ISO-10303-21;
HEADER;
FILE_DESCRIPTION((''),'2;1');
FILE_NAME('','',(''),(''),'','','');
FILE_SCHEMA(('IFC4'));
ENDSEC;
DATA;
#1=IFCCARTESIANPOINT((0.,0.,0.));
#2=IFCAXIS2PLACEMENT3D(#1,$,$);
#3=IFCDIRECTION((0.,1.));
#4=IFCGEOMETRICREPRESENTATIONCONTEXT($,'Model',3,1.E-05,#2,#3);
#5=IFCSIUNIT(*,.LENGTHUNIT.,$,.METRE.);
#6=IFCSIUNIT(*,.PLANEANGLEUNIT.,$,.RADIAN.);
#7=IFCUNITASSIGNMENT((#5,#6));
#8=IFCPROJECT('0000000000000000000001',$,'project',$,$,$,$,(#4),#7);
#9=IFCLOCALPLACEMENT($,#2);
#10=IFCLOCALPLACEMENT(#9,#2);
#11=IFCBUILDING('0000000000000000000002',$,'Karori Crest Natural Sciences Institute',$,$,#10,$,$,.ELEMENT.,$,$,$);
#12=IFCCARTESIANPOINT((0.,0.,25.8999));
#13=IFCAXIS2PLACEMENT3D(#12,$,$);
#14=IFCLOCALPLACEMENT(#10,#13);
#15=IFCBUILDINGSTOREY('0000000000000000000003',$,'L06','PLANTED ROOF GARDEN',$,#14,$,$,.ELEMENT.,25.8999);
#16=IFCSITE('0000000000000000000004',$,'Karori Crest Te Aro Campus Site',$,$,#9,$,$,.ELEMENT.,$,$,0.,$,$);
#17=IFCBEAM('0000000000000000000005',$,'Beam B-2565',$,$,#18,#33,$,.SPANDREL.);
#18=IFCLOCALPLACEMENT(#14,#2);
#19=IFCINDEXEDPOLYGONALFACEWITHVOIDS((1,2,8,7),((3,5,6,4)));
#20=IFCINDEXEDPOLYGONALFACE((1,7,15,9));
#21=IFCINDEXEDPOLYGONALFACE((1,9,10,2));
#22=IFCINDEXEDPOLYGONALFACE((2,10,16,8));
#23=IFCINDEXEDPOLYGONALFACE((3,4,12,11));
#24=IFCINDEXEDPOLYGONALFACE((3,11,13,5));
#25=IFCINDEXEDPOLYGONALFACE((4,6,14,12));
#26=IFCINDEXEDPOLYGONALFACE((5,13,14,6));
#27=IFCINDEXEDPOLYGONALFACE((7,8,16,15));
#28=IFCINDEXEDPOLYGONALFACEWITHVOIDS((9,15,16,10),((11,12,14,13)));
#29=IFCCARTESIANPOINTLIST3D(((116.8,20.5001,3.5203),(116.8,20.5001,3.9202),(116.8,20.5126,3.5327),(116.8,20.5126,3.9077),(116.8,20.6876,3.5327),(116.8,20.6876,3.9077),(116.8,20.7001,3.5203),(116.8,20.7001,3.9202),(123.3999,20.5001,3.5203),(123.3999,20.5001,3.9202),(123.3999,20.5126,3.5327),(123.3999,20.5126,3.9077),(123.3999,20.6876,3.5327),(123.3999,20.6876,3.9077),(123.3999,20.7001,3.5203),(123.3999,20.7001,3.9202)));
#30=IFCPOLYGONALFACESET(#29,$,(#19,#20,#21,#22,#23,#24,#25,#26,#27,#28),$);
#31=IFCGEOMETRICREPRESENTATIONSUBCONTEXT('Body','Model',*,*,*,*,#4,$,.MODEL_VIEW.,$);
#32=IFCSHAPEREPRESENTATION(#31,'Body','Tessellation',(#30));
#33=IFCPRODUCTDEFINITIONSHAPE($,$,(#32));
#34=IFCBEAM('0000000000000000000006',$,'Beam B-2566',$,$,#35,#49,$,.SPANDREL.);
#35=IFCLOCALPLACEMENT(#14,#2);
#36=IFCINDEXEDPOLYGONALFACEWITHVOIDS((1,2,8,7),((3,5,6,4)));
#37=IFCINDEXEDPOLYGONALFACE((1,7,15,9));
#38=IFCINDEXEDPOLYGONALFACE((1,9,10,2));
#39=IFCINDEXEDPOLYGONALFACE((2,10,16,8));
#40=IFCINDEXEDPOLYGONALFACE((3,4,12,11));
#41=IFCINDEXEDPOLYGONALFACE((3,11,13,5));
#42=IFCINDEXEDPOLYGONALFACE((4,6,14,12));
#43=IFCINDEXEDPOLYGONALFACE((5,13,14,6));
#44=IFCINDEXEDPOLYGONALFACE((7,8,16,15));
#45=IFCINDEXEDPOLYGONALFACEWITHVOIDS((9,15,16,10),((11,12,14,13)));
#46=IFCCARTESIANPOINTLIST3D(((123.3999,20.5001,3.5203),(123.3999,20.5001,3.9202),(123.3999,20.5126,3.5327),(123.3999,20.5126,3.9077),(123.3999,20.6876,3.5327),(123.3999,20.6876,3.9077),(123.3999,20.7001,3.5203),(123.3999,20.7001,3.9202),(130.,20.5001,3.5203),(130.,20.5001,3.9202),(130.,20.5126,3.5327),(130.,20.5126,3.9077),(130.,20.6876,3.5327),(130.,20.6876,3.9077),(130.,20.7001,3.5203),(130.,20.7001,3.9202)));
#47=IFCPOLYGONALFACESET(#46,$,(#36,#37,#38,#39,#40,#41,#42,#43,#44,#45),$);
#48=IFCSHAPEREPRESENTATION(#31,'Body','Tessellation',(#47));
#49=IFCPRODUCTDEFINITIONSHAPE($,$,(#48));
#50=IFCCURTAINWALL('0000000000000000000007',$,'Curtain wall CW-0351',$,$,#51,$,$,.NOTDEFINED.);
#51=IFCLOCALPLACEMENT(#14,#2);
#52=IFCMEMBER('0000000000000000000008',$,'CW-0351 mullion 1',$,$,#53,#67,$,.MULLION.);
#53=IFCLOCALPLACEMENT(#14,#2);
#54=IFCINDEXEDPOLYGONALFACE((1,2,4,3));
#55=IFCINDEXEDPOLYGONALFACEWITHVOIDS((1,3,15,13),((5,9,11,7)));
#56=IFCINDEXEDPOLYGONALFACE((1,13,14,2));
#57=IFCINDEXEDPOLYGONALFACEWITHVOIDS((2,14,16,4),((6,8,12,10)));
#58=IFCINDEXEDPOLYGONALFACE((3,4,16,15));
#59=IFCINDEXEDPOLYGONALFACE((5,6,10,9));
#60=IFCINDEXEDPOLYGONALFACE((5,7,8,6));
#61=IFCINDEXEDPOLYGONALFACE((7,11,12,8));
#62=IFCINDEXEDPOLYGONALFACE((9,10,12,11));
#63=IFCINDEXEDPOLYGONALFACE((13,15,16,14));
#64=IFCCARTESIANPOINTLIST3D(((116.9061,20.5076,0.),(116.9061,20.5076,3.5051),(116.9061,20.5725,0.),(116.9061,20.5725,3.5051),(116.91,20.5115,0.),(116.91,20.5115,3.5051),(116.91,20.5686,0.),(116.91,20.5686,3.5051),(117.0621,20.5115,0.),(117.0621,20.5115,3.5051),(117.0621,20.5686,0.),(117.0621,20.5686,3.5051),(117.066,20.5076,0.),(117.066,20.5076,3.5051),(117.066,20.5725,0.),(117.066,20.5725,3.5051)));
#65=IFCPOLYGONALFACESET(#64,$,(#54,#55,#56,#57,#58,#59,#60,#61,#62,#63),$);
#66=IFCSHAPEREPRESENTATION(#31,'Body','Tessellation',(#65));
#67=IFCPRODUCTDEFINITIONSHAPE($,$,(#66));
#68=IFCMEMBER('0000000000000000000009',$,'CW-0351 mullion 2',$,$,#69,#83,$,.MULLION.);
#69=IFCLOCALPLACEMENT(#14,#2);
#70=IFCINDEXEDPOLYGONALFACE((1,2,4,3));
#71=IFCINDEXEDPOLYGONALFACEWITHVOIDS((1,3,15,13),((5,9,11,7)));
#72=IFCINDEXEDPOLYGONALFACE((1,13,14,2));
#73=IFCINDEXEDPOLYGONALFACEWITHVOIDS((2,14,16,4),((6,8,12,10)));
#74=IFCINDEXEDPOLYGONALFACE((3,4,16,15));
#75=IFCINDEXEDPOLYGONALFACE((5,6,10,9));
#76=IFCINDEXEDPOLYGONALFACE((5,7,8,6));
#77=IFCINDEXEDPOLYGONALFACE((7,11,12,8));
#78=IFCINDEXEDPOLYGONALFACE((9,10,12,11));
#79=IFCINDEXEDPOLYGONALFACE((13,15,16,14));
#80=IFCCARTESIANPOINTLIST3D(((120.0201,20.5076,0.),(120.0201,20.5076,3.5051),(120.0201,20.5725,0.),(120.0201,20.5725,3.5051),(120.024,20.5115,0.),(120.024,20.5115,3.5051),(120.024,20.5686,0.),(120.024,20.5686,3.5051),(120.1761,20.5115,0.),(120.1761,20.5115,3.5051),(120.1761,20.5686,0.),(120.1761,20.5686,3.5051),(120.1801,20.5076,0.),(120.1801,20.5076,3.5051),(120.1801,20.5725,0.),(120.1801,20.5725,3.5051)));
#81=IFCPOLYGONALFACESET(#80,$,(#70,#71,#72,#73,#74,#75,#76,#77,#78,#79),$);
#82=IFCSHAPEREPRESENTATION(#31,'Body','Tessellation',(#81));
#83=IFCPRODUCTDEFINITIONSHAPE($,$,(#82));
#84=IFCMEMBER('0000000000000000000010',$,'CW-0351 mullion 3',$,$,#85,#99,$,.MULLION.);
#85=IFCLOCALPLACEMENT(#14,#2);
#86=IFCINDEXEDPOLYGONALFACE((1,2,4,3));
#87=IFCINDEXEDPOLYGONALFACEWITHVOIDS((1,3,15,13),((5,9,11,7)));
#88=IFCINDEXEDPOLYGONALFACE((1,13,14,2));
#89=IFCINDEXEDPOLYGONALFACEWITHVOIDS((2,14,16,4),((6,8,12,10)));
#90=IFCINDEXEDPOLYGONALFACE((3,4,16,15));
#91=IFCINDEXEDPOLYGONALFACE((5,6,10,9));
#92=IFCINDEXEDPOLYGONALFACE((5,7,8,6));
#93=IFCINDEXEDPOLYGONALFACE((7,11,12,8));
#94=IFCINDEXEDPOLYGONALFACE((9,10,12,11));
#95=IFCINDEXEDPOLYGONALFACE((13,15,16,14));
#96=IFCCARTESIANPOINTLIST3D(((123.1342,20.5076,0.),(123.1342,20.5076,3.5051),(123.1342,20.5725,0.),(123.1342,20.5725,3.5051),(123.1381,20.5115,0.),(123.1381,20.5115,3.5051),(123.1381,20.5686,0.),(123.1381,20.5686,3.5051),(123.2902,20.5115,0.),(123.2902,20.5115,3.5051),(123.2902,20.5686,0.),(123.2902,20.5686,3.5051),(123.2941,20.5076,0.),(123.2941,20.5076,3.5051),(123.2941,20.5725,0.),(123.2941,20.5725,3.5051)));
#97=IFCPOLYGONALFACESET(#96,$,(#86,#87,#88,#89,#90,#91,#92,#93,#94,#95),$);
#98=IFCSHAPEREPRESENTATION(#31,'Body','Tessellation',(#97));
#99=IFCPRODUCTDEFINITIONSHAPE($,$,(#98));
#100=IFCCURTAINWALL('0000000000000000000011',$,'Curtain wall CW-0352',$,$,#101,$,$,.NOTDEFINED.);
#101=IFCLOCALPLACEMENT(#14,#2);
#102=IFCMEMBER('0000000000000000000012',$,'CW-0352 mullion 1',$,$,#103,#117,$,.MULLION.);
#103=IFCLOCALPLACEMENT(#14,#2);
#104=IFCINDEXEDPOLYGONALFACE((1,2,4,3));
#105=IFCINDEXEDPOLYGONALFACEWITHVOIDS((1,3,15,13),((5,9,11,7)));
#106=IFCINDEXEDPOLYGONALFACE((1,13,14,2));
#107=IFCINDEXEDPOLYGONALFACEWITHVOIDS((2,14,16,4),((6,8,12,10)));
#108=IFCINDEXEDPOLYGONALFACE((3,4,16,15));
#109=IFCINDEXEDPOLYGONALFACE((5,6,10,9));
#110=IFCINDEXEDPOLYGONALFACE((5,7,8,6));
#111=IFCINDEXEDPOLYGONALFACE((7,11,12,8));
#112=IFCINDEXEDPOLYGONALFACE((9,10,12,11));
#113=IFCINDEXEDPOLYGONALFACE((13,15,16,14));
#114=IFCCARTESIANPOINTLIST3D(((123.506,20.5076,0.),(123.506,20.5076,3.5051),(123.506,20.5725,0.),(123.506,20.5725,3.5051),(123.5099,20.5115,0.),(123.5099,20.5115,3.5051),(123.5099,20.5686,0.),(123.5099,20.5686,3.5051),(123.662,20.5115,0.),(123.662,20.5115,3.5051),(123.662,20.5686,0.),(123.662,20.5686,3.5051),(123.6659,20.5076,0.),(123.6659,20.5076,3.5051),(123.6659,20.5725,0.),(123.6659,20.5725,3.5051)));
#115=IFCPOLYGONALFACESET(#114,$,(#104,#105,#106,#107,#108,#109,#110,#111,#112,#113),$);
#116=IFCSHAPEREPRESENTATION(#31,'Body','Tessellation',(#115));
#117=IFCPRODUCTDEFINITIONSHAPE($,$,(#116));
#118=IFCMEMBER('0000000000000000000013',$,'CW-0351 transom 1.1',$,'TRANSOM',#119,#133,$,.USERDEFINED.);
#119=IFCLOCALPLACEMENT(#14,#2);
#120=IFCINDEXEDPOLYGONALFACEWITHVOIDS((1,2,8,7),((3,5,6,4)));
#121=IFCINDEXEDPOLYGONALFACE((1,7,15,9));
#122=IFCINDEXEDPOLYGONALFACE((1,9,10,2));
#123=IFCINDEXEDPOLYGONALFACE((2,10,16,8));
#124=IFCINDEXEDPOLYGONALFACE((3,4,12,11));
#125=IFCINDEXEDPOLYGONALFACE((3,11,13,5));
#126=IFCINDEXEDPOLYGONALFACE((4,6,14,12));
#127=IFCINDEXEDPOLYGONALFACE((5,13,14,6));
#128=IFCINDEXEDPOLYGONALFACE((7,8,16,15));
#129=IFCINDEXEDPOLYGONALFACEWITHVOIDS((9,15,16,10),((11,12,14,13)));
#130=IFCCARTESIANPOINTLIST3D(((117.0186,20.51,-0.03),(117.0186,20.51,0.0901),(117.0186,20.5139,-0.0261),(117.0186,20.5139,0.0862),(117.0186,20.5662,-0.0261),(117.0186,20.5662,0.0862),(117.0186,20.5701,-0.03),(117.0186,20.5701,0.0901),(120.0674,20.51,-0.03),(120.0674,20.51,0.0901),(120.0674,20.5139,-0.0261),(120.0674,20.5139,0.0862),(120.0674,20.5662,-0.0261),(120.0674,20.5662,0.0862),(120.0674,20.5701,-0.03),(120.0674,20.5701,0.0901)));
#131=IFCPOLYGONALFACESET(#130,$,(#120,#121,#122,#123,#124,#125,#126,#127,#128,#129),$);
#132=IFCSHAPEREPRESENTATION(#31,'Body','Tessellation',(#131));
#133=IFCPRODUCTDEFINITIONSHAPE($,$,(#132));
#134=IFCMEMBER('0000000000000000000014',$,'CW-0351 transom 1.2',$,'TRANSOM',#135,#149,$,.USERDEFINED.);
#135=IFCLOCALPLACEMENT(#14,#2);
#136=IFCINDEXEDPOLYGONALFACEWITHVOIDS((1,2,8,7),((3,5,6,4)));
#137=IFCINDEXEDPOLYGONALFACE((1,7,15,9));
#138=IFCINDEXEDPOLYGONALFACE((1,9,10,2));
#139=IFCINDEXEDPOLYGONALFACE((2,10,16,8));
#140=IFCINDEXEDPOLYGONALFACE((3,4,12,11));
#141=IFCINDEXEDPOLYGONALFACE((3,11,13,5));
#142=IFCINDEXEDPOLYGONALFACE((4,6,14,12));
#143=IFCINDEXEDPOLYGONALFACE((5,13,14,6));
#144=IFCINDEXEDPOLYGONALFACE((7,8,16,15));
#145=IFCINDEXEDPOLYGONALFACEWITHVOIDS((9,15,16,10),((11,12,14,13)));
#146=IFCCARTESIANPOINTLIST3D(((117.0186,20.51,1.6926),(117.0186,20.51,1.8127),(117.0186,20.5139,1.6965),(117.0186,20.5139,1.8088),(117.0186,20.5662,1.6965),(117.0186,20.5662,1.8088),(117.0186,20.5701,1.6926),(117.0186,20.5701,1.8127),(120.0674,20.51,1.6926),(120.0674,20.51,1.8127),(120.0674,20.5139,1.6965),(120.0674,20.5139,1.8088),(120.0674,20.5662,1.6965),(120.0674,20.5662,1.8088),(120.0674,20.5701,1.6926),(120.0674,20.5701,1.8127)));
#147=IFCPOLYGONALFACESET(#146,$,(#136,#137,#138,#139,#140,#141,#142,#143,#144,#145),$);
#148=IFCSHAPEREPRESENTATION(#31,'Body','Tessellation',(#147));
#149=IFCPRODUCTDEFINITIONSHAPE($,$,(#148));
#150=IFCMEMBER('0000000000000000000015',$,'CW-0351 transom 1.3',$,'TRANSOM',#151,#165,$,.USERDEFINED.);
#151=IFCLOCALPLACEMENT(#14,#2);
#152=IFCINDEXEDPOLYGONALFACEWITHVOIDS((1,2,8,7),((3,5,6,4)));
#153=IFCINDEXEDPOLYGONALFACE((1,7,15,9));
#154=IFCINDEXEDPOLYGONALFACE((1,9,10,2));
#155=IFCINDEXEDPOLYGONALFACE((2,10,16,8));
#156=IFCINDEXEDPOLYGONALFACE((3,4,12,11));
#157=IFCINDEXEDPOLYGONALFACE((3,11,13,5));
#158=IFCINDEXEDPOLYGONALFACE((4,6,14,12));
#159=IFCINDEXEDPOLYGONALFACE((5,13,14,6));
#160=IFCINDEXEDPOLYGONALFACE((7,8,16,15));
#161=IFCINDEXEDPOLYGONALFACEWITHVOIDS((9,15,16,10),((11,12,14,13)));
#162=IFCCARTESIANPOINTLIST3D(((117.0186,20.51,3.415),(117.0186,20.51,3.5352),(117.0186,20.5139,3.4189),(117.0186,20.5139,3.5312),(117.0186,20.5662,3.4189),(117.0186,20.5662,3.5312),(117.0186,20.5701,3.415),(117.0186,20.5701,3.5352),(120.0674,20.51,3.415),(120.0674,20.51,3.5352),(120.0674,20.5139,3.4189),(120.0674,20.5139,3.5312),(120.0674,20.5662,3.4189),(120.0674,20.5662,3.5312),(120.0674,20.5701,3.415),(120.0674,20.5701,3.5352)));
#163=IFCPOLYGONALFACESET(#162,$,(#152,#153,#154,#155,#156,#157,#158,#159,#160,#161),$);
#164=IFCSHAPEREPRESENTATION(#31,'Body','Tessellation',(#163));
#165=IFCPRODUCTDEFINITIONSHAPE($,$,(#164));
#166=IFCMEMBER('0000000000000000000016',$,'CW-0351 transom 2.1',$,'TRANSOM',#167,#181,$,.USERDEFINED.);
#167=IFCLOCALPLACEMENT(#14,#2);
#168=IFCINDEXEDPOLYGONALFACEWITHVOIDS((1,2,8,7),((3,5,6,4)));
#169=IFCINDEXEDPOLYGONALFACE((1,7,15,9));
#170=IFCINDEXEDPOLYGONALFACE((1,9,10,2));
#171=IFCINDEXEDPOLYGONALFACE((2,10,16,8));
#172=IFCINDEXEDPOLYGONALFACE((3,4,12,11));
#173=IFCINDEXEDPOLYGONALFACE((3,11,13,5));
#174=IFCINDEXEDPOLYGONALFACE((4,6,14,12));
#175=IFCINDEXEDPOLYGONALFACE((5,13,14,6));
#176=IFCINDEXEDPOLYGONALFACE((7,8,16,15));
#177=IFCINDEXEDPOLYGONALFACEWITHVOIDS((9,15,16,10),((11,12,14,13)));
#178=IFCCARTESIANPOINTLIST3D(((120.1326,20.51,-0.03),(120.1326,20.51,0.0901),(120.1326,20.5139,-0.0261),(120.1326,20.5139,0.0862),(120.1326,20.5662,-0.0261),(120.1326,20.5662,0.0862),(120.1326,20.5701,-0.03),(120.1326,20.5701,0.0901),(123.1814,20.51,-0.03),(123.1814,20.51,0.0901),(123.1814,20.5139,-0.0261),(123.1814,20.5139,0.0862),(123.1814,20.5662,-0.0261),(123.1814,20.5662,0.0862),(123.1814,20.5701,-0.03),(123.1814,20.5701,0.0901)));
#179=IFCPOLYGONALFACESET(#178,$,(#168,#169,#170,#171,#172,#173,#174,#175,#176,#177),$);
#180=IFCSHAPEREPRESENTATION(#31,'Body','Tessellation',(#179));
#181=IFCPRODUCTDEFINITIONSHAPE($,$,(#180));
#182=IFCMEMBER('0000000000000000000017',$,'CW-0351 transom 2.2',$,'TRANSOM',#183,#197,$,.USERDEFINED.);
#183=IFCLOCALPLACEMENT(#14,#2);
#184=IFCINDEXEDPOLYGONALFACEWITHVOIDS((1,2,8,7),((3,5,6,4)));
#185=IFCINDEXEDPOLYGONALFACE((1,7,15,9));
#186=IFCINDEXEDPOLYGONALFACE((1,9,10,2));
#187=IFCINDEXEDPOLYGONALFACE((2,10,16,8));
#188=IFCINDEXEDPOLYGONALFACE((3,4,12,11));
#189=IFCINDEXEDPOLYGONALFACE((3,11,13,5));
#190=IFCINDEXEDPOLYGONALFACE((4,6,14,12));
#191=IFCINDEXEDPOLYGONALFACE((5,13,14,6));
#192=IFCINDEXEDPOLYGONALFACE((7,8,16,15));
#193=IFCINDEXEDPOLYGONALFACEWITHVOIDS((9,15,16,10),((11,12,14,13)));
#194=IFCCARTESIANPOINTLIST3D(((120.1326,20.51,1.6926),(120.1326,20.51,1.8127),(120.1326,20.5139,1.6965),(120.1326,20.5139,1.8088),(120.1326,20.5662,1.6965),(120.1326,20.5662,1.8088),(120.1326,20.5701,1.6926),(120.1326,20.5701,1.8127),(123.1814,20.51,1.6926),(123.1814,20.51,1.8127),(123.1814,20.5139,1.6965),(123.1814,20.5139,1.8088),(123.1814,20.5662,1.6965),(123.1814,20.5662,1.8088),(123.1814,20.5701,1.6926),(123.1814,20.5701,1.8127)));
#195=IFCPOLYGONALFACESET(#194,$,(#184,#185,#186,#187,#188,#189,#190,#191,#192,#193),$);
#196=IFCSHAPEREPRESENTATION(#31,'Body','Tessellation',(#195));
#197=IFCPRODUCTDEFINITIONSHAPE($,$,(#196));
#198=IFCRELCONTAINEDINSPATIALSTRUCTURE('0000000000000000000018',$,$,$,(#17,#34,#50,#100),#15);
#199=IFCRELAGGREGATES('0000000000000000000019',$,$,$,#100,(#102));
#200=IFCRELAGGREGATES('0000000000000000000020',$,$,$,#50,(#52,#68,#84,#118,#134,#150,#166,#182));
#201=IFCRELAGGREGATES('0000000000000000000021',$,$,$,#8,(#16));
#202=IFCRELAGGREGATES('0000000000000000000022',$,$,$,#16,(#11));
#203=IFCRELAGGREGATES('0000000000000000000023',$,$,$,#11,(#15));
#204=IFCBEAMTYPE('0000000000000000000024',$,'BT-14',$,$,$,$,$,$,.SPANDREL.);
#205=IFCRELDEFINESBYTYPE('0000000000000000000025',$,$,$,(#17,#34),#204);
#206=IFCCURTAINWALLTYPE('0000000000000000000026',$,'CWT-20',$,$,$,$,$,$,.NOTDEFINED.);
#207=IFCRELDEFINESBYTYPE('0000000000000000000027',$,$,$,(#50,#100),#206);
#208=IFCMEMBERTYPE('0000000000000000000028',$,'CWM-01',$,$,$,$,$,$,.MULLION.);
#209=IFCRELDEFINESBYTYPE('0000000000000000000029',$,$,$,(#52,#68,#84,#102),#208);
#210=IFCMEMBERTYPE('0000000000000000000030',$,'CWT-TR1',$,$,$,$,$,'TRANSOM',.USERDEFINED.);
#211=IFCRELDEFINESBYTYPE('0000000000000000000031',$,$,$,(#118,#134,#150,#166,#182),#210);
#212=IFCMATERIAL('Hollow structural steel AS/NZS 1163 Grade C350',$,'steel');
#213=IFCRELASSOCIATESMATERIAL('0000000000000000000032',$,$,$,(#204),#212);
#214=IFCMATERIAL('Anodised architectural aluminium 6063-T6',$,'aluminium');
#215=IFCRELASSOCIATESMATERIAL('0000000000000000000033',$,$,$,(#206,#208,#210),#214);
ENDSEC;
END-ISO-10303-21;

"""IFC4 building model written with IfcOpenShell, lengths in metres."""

from ifc_helpers import new_model, si_unit, direction, frame, origin, origin_2d, place, context, subcontext, project, spatial, hollow_rectangle, extrude, material, material_profile, profile_set, type_object, element, aggregate, save


model = new_model("IFC4")

# Units and contexts
model_context = context("Model", 3, precision=1e-05, world=origin(), true_north=direction((0.0, 1.0)))
body_context = subcontext(model_context, "Body", "Model", "MODEL_VIEW")
ifc_project = project(units=[si_unit("LENGTHUNIT", "METRE"), si_unit("PLANEANGLEUNIT", "RADIAN")], contexts=[model_context])

# Site, building, storey
site_placement = place(None, origin())
site = spatial("IfcSite", under=ifc_project, at=site_placement, Name="Karori Crest Te Aro Campus Site", CompositionType="ELEMENT", RefElevation=0.0)
building_placement = place(site_placement, origin())
building = spatial("IfcBuilding", under=site, at=building_placement, Name="Karori Crest Natural Sciences Institute", CompositionType="ELEMENT")
storey_placement = place(building_placement, frame((0.0, 0.0, 25.8999)))
storey = spatial("IfcBuildingStorey", under=building, at=storey_placement, Name="L06", Description="PLANTED ROOF GARDEN", CompositionType="ELEMENT", Elevation=25.8999)

# Beams
ifc_material_1 = material(Name="Hollow structural steel AS/NZS 1163 Grade C350", Category="steel")
ifc_material_profile_1 = material_profile(ifc_material_1, hollow_rectangle(XDim=0.2, YDim=0.3999, WallThickness=0.0125, at=origin_2d()), Name="RHS400x200x12.5")
ifc_profile_set_1 = profile_set([ifc_material_profile_1], Name="Hollow structural steel AS/NZS 1163 Grade C350")
beam_type_1 = type_object("IfcBeamType", Name="BT-14", PredefinedType="SPANDREL", material=ifc_profile_set_1)
beam_1_placement = place(storey_placement, frame((116.8, 20.6001, 3.7202), z_axis=(1.0, 0.0, 0.0), x_axis=(0.0, 1.0, 0.0)))
element("IfcBeam", 1, at=beam_1_placement, inside=storey, type_object=beam_type_1, Name="Beam B-2565", PredefinedType="SPANDREL", context=body_context, shape_type="SweptSolid", body=[
    extrude(hollow_rectangle(XDim=0.2, YDim=0.3999, WallThickness=0.0125, at=origin_2d()), origin(), (0.0, 0.0, 1.0), 6.5999),
])
beam_2_placement = place(storey_placement, frame((123.3999, 20.6001, 3.7202), z_axis=(1.0, 0.0, 0.0), x_axis=(0.0, 1.0, 0.0)))
element("IfcBeam", 2, at=beam_2_placement, inside=storey, type_object=beam_type_1, Name="Beam B-2566", PredefinedType="SPANDREL", context=body_context, shape_type="SweptSolid", body=[
    extrude(hollow_rectangle(XDim=0.2, YDim=0.3999, WallThickness=0.0125, at=origin_2d()), origin(), (0.0, 0.0, 1.0), 6.6001),
])

# Curtain wall, members
ifc_material_2 = material(Name="Anodised architectural aluminium 6063-T6", Category="aluminium")
curtain_wall_type = type_object("IfcCurtainWallType", Name="CWT-20", PredefinedType="NOTDEFINED", material=ifc_material_2)
curtain_wall_1_placement = place(storey_placement, origin())
curtain_wall_1 = element("IfcCurtainWall", 3, at=curtain_wall_1_placement, inside=storey, type_object=curtain_wall_type, Name="Curtain wall CW-0351", PredefinedType="NOTDEFINED")
ifc_material_profile_2 = material_profile(ifc_material_2, hollow_rectangle(XDim=0.0649, YDim=0.1599, WallThickness=0.0039, at=origin_2d()), Name="CWM160x65x4")
ifc_profile_set_2 = profile_set([ifc_material_profile_2], Name="Anodised architectural aluminium 6063-T6")
member_type_1 = type_object("IfcMemberType", Name="CWM-01", PredefinedType="MULLION", material=ifc_profile_set_2)
member_1_placement = place(storey_placement, frame((116.9861, 20.54, 0.0), z_axis=(0.0, 0.0, 1.0), x_axis=(0.0, 1.0, 0.0)))
member_1 = element("IfcMember", 4, at=member_1_placement, type_object=member_type_1, Name="CW-0351 mullion 1", PredefinedType="MULLION", context=body_context, shape_type="SweptSolid", body=[
    extrude(hollow_rectangle(XDim=0.0649, YDim=0.1599, WallThickness=0.0039, at=origin_2d()), origin(), (0.0, 0.0, 1.0), 3.5051),
])
member_2_placement = place(storey_placement, frame((120.1001, 20.54, 0.0), z_axis=(0.0, 0.0, 1.0), x_axis=(0.0, 1.0, 0.0)))
member_2 = element("IfcMember", 5, at=member_2_placement, type_object=member_type_1, Name="CW-0351 mullion 2", PredefinedType="MULLION", context=body_context, shape_type="SweptSolid", body=[
    extrude(hollow_rectangle(XDim=0.0649, YDim=0.1599, WallThickness=0.0039, at=origin_2d()), origin(), (0.0, 0.0, 1.0), 3.5051),
])
member_3_placement = place(storey_placement, frame((123.2141, 20.54, 0.0), z_axis=(0.0, 0.0, 1.0), x_axis=(0.0, 1.0, 0.0)))
member_3 = element("IfcMember", 6, at=member_3_placement, type_object=member_type_1, Name="CW-0351 mullion 3", PredefinedType="MULLION", context=body_context, shape_type="SweptSolid", body=[
    extrude(hollow_rectangle(XDim=0.0649, YDim=0.1599, WallThickness=0.0039, at=origin_2d()), origin(), (0.0, 0.0, 1.0), 3.5051),
])

# Curtain wall, member
curtain_wall_2_placement = place(storey_placement, origin())
curtain_wall_2 = element("IfcCurtainWall", 7, at=curtain_wall_2_placement, inside=storey, type_object=curtain_wall_type, Name="Curtain wall CW-0352", PredefinedType="NOTDEFINED")
member_4_placement = place(storey_placement, frame((123.5859, 20.54, 0.0), z_axis=(0.0, 0.0, 1.0), x_axis=(0.0, 1.0, 0.0)))
member_4 = element("IfcMember", 8, at=member_4_placement, type_object=member_type_1, Name="CW-0352 mullion 1", PredefinedType="MULLION", context=body_context, shape_type="SweptSolid", body=[
    extrude(hollow_rectangle(XDim=0.0649, YDim=0.1599, WallThickness=0.0039, at=origin_2d()), origin(), (0.0, 0.0, 1.0), 3.5051),
])

# Members
ifc_material_profile_3 = material_profile(ifc_material_2, hollow_rectangle(XDim=0.0601, YDim=0.1201, WallThickness=0.0039, at=origin_2d()), Name="CWT120x60x4")
ifc_profile_set_3 = profile_set([ifc_material_profile_3], Name="Anodised architectural aluminium 6063-T6")
member_type_2 = type_object("IfcMemberType", Name="CWT-TR1", ElementType="TRANSOM", PredefinedType="USERDEFINED", material=ifc_profile_set_3)
member_5_placement = place(storey_placement, frame((117.0186, 20.54, 0.03), z_axis=(1.0, 0.0, 0.0), x_axis=(0.0, 1.0, 0.0)))
member_5 = element("IfcMember", 9, at=member_5_placement, type_object=member_type_2, Name="CW-0351 transom 1.1", ObjectType="TRANSOM", PredefinedType="USERDEFINED", context=body_context, shape_type="SweptSolid", body=[
    extrude(hollow_rectangle(XDim=0.0601, YDim=0.1201, WallThickness=0.0039, at=origin_2d()), origin(), (0.0, 0.0, 1.0), 3.0488),
])
member_6_placement = place(storey_placement, frame((117.0186, 20.54, 1.7527), z_axis=(1.0, 0.0, 0.0), x_axis=(0.0, 1.0, 0.0)))
member_6 = element("IfcMember", 10, at=member_6_placement, type_object=member_type_2, Name="CW-0351 transom 1.2", ObjectType="TRANSOM", PredefinedType="USERDEFINED", context=body_context, shape_type="SweptSolid", body=[
    extrude(hollow_rectangle(XDim=0.0601, YDim=0.1201, WallThickness=0.0039, at=origin_2d()), origin(), (0.0, 0.0, 1.0), 3.0488),
])
member_7_placement = place(storey_placement, frame((117.0186, 20.54, 3.4751), z_axis=(1.0, 0.0, 0.0), x_axis=(0.0, 1.0, 0.0)))
member_7 = element("IfcMember", 11, at=member_7_placement, type_object=member_type_2, Name="CW-0351 transom 1.3", ObjectType="TRANSOM", PredefinedType="USERDEFINED", context=body_context, shape_type="SweptSolid", body=[
    extrude(hollow_rectangle(XDim=0.0601, YDim=0.1201, WallThickness=0.0039, at=origin_2d()), origin(), (0.0, 0.0, 1.0), 3.0488),
])
member_8_placement = place(storey_placement, frame((120.1326, 20.54, 0.03), z_axis=(1.0, 0.0, 0.0), x_axis=(0.0, 1.0, 0.0)))
member_8 = element("IfcMember", 12, at=member_8_placement, type_object=member_type_2, Name="CW-0351 transom 2.1", ObjectType="TRANSOM", PredefinedType="USERDEFINED", context=body_context, shape_type="SweptSolid", body=[
    extrude(hollow_rectangle(XDim=0.0601, YDim=0.1201, WallThickness=0.0039, at=origin_2d()), origin(), (0.0, 0.0, 1.0), 3.0488),
])
member_9_placement = place(storey_placement, frame((120.1326, 20.54, 1.7527), z_axis=(1.0, 0.0, 0.0), x_axis=(0.0, 1.0, 0.0)))
member_9 = element("IfcMember", 13, at=member_9_placement, type_object=member_type_2, Name="CW-0351 transom 2.2", ObjectType="TRANSOM", PredefinedType="USERDEFINED", context=body_context, shape_type="SweptSolid", body=[
    extrude(hollow_rectangle(XDim=0.0601, YDim=0.1201, WallThickness=0.0039, at=origin_2d()), origin(), (0.0, 0.0, 1.0), 3.0488),
])
aggregate(curtain_wall_2, [member_4])

aggregate(curtain_wall_1, [member_1, member_2, member_3, member_5, member_6, member_7, member_8, member_9])

save(model, "model.ifc")
